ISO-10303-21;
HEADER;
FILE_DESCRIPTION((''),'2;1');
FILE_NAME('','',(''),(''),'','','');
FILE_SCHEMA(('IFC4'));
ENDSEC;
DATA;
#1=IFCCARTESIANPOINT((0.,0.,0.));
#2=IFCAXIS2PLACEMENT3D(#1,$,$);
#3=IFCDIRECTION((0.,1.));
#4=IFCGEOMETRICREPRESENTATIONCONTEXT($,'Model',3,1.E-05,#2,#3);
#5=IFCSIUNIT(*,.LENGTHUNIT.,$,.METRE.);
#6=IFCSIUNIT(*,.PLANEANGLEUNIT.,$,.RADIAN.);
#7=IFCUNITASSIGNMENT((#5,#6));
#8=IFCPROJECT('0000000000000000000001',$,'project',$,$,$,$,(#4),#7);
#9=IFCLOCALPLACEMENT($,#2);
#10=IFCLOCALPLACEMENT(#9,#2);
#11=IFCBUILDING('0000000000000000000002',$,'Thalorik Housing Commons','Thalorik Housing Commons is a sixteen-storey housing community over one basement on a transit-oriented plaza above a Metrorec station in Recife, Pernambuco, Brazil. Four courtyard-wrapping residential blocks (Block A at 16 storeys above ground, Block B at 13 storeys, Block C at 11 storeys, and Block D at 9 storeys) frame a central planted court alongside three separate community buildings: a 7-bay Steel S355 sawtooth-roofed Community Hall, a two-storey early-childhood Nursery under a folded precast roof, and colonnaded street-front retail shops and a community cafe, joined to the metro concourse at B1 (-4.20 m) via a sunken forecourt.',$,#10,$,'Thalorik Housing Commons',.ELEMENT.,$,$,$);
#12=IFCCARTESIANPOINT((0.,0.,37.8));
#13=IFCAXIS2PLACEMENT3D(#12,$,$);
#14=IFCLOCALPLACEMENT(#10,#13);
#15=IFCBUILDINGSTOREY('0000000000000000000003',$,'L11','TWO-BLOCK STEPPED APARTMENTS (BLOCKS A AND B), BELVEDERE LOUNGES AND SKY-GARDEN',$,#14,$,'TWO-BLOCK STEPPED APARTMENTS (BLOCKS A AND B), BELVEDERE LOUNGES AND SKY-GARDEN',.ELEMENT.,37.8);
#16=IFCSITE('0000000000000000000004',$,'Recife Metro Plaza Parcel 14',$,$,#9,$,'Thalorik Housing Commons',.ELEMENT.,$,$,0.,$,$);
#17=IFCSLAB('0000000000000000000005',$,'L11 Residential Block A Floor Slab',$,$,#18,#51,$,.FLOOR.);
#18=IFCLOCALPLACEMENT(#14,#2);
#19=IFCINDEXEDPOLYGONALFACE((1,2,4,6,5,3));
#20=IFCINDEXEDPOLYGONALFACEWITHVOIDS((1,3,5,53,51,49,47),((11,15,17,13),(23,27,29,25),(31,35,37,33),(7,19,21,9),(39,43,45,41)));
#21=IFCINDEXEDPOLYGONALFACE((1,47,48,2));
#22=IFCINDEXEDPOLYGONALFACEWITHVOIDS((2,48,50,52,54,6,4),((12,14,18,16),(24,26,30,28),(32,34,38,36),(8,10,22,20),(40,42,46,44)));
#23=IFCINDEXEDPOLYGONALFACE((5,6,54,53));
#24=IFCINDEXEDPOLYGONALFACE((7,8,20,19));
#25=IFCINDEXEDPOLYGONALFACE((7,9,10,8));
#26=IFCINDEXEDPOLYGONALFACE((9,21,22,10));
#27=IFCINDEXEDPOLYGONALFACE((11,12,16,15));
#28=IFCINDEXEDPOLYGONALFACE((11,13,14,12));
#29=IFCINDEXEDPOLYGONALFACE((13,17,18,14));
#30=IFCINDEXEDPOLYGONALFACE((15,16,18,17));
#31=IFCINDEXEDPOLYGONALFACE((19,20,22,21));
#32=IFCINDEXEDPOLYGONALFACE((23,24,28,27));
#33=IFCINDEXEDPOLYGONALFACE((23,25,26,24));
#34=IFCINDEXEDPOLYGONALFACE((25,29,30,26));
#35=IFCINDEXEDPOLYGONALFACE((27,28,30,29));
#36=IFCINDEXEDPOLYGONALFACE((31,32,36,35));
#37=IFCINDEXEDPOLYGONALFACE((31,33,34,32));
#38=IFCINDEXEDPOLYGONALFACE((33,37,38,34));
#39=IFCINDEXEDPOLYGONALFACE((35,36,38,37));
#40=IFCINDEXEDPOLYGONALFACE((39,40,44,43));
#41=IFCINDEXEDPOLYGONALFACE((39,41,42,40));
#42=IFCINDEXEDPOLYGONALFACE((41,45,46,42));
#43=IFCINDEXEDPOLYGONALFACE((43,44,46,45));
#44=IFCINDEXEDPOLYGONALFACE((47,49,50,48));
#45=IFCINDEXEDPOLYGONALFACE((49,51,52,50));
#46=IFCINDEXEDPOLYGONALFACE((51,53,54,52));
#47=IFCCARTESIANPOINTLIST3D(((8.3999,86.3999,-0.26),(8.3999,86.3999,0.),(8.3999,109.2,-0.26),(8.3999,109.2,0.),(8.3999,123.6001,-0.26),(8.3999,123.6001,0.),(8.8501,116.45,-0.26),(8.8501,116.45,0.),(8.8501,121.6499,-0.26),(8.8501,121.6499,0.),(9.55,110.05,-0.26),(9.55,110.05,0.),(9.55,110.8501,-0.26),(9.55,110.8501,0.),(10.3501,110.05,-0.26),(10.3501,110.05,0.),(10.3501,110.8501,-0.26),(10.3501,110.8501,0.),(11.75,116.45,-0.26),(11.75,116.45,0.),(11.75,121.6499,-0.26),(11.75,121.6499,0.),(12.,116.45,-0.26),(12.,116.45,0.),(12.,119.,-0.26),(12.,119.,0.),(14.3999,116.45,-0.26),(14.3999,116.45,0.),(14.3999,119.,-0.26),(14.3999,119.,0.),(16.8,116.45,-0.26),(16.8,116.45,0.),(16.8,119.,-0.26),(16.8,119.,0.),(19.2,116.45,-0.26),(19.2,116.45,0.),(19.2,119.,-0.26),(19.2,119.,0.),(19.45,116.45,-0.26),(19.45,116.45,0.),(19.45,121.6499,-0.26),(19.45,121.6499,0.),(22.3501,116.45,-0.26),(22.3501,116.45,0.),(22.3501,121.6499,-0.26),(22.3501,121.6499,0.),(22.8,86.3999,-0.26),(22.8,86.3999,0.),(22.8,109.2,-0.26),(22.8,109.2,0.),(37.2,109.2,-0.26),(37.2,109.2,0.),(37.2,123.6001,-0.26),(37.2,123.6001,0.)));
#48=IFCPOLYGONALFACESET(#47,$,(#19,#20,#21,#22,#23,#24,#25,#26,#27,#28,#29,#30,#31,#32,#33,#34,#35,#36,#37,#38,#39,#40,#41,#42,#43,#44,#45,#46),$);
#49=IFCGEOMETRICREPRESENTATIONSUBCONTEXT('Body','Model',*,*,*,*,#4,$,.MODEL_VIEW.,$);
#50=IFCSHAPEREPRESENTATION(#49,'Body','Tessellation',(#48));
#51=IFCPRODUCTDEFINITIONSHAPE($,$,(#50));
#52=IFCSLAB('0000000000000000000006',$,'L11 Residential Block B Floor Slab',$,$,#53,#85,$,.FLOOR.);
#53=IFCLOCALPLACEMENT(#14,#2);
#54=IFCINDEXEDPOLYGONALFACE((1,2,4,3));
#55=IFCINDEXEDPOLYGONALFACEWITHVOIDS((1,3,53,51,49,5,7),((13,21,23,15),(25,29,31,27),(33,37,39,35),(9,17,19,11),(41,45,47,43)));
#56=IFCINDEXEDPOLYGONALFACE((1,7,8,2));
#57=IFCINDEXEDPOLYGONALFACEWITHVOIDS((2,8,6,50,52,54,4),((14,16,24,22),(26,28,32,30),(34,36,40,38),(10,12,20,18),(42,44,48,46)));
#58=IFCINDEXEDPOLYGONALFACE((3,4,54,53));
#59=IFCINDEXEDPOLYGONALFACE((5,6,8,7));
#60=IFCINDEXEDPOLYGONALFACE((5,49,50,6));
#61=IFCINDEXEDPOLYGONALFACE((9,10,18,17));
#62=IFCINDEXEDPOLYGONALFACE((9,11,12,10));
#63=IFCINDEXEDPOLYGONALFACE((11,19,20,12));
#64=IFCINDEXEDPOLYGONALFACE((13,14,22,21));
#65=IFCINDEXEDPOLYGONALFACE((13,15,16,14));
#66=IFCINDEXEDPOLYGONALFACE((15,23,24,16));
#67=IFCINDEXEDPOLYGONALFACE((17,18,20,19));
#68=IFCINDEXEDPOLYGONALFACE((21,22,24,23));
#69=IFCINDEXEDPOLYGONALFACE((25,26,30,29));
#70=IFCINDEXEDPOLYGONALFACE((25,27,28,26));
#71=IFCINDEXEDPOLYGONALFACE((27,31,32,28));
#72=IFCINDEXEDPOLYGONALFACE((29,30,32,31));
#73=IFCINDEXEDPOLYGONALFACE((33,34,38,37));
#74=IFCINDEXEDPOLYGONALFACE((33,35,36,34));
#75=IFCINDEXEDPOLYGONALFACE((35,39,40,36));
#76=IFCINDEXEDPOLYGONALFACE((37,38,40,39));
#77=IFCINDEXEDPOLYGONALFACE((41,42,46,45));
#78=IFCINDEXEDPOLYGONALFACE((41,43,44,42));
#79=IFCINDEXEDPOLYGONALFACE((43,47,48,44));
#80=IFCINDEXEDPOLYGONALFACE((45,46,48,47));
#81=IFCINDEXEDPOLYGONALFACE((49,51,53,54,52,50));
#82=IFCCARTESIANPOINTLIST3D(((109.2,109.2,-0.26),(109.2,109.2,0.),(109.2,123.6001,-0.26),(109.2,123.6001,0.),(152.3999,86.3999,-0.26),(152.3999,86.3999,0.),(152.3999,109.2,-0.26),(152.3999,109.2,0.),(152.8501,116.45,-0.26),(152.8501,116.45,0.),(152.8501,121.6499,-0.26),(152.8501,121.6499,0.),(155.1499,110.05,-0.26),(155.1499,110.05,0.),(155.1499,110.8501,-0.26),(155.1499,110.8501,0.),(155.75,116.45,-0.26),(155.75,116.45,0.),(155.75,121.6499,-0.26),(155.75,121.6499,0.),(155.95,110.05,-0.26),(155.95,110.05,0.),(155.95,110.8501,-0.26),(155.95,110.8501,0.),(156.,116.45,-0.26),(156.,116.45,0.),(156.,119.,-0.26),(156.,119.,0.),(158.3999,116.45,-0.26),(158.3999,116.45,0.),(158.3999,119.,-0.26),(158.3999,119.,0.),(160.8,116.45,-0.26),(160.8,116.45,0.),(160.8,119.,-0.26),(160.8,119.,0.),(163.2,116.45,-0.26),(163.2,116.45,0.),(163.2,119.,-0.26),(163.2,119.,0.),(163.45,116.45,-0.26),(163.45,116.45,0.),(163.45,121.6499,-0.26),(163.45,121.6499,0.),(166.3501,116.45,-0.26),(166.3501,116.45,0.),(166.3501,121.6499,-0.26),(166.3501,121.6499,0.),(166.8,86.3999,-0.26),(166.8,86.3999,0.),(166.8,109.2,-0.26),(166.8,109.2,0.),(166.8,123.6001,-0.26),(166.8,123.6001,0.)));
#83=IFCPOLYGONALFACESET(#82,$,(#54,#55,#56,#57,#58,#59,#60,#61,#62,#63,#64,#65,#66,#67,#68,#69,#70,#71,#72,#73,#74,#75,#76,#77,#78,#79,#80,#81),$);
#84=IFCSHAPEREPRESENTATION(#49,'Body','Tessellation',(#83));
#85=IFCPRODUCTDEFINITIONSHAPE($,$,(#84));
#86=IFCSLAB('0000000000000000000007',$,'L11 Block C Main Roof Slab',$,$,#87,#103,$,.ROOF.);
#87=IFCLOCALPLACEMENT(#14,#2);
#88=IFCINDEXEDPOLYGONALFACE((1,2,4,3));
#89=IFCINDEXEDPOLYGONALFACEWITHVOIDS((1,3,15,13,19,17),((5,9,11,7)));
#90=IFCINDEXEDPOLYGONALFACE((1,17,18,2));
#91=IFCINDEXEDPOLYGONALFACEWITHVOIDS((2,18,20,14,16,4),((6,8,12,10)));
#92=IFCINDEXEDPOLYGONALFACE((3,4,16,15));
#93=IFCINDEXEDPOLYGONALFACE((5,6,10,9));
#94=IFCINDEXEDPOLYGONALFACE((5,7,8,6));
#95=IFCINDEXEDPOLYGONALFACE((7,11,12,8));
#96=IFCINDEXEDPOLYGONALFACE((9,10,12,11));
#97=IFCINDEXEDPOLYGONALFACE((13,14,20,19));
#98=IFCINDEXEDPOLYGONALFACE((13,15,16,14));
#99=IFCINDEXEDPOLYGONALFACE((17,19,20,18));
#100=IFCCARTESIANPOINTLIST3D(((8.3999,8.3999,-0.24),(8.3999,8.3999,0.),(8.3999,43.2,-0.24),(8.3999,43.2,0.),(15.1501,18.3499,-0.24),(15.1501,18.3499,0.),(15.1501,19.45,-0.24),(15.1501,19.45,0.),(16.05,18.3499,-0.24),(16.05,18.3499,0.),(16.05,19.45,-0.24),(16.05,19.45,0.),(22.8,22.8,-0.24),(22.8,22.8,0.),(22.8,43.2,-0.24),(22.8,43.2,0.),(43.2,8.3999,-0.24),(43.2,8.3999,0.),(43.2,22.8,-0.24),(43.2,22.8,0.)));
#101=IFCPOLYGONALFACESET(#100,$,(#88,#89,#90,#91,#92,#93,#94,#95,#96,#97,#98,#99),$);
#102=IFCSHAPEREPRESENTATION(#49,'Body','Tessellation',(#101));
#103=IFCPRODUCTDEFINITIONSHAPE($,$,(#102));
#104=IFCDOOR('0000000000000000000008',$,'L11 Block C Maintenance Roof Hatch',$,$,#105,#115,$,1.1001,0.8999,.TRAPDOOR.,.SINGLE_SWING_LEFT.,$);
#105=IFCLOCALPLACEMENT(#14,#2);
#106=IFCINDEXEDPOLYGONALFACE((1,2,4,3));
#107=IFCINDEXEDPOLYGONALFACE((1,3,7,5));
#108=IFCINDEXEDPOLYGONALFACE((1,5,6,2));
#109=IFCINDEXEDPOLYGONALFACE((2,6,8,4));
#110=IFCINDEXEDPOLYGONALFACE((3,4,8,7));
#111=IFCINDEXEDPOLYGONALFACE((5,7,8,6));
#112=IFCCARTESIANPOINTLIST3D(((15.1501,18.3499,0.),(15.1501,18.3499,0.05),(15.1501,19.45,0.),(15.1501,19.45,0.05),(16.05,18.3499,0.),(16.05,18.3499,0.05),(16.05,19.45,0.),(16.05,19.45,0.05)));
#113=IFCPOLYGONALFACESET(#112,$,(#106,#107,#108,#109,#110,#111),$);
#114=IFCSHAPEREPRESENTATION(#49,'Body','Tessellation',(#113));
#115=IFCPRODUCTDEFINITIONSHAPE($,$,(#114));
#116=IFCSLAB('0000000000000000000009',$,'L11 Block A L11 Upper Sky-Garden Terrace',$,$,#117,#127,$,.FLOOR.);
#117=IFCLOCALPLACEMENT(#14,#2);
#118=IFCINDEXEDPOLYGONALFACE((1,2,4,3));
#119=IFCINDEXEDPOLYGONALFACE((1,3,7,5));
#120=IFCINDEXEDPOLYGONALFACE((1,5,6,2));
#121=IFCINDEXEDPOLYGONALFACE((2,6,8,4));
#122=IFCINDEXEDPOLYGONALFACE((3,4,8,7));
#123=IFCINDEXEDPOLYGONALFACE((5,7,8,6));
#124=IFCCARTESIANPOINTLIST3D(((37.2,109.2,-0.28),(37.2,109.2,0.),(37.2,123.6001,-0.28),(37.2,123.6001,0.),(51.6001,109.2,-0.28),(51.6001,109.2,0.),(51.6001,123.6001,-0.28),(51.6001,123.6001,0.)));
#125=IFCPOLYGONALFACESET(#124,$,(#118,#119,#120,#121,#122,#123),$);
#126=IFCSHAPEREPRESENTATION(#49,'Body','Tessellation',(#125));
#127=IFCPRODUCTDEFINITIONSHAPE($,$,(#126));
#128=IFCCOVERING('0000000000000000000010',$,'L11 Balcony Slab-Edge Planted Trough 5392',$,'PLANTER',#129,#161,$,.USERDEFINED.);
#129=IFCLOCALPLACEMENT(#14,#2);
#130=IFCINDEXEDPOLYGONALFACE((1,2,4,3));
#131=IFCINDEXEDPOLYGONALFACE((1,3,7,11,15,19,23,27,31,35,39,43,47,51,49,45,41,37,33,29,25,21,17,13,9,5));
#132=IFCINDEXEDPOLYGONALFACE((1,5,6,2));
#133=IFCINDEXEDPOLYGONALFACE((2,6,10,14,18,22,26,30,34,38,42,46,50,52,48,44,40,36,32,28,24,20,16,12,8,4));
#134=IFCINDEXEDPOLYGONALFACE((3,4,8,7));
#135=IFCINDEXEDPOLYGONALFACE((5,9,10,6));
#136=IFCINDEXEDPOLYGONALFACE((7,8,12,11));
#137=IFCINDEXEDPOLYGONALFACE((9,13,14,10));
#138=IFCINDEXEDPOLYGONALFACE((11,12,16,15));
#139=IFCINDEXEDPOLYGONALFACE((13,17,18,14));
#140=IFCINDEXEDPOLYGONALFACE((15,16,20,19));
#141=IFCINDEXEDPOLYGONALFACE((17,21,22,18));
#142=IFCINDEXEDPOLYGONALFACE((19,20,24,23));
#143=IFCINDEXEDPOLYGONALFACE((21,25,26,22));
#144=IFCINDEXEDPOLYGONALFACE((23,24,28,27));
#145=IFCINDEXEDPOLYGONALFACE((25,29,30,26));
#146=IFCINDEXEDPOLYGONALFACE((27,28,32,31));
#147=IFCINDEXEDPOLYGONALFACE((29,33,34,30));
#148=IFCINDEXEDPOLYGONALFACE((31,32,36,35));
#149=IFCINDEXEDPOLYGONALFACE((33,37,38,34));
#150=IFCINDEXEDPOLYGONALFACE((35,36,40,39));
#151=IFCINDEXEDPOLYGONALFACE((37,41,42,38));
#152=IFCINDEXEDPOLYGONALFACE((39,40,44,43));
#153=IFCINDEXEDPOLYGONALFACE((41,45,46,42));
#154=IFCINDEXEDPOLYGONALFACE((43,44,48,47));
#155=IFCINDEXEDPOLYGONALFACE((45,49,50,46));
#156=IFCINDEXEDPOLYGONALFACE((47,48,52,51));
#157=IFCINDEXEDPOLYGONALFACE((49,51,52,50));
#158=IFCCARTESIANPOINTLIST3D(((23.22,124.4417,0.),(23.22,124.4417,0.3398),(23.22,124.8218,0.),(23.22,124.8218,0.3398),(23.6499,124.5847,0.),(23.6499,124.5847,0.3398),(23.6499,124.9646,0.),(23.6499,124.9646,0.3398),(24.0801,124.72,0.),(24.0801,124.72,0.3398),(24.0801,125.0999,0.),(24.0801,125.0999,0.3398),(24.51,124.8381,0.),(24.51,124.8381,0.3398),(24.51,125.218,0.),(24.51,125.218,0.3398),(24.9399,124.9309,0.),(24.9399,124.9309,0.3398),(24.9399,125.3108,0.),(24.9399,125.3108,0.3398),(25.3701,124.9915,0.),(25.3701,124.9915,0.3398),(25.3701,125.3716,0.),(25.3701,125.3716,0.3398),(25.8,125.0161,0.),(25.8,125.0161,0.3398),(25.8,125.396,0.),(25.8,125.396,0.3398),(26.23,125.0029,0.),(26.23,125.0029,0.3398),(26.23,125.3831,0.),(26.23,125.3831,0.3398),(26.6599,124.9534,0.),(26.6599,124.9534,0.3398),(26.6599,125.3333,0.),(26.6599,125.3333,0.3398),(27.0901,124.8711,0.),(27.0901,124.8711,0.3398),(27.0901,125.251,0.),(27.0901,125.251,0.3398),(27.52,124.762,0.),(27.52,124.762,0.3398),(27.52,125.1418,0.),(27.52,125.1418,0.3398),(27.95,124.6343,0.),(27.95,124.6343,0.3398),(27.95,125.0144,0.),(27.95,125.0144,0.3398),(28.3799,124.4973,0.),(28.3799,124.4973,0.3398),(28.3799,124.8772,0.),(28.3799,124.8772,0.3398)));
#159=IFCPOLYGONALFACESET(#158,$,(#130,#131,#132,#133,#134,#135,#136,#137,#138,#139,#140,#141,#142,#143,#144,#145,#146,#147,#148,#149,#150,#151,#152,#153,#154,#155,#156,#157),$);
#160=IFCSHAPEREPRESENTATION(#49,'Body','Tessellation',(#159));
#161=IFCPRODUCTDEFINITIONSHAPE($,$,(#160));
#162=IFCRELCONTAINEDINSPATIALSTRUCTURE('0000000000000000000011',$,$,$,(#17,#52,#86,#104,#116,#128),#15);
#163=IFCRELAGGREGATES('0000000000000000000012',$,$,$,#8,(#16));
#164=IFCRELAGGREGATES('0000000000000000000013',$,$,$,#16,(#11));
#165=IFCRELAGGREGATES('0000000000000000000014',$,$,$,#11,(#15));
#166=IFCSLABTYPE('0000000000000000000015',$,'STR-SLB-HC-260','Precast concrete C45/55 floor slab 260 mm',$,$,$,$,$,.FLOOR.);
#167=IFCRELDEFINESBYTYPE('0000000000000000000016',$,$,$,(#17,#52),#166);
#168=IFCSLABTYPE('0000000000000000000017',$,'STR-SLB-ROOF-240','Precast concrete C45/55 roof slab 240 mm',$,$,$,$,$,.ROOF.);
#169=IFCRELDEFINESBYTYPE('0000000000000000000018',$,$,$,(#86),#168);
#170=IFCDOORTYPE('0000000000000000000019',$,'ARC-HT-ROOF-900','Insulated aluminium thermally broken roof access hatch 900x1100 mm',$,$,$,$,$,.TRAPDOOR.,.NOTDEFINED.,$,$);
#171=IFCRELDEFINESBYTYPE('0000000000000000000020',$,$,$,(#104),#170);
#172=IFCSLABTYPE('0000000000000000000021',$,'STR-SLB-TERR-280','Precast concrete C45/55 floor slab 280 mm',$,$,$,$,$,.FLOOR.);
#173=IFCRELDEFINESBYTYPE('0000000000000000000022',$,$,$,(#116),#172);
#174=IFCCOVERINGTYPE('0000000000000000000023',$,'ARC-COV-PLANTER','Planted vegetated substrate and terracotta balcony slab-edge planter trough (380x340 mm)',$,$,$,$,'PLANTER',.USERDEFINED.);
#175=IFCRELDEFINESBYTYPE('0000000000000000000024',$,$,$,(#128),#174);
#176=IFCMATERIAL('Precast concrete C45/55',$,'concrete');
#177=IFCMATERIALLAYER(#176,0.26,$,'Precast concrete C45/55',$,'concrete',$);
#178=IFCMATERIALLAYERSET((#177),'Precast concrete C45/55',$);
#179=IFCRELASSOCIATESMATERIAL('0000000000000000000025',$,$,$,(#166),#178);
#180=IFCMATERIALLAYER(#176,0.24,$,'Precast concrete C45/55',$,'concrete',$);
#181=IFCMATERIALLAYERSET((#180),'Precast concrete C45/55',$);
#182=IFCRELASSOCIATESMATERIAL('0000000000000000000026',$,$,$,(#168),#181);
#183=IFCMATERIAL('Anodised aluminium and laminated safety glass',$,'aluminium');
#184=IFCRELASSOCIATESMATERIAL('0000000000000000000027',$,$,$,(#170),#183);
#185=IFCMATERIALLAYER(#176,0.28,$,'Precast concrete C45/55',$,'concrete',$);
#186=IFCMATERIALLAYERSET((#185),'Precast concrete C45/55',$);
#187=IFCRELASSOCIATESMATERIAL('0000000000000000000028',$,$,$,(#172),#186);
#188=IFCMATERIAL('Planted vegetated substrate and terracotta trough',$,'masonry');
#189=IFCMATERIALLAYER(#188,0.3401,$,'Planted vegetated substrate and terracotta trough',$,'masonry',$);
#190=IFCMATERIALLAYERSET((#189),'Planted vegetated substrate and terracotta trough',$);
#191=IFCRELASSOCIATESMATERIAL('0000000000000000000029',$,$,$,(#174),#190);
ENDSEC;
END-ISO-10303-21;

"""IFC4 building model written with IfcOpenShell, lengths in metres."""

from ifc_helpers import new_model, si_unit, direction, frame, origin, origin_2d, place, context, subcontext, project, spatial, polyline, rectangle, outline, extrude, material, layer, layer_set, type_object, element, fill, save


model = new_model("IFC4")

# Units and contexts
model_context = context("Model", 3, precision=1e-05, world=origin(), true_north=direction((0.0, 1.0)))
body_context = subcontext(model_context, "Body", "Model", "MODEL_VIEW")
ifc_project = project(units=[si_unit("LENGTHUNIT", "METRE"), si_unit("PLANEANGLEUNIT", "RADIAN")], contexts=[model_context])

# Site, building, storey
site_placement = place(None, origin())
site = spatial("IfcSite", under=ifc_project, at=site_placement, Name="Recife Metro Plaza Parcel 14", LongName="Thalorik Housing Commons", CompositionType="ELEMENT", RefElevation=0.0)
building_placement = place(site_placement, origin())
building = spatial("IfcBuilding", under=site, at=building_placement, Name="Thalorik Housing Commons", Description="Thalorik Housing Commons is a sixteen-storey housing community over one basement on a transit-oriented plaza above a Metrorec station in Recife, Pernambuco, Brazil. Four courtyard-wrapping residential blocks (Block A at 16 storeys above ground, Block B at 13 storeys, Block C at 11 storeys, and Block D at 9 storeys) frame a central planted court alongside three separate community buildings: a 7-bay Steel S355 sawtooth-roofed Community Hall, a two-storey early-childhood Nursery under a folded precast roof, and colonnaded street-front retail shops and a community cafe, joined to the metro concourse at B1 (-4.20 m) via a sunken forecourt.", LongName="Thalorik Housing Commons", CompositionType="ELEMENT")
storey_placement = place(building_placement, frame((0.0, 0.0, 37.8)))
storey = spatial("IfcBuildingStorey", under=building, at=storey_placement, Name="L11", Description="TWO-BLOCK STEPPED APARTMENTS (BLOCKS A AND B), BELVEDERE LOUNGES AND SKY-GARDEN", LongName="TWO-BLOCK STEPPED APARTMENTS (BLOCKS A AND B), BELVEDERE LOUNGES AND SKY-GARDEN", CompositionType="ELEMENT", Elevation=37.8)

# Slabs
ifc_material_1 = material(Name="Precast concrete C45/55", Category="concrete")
ifc_layer_1 = layer(ifc_material_1, 0.26, Name="Precast concrete C45/55", Category="concrete")
ifc_layer_set_1 = layer_set([ifc_layer_1], Name="Precast concrete C45/55")
slab_type_1 = type_object("IfcSlabType", Name="STR-SLB-HC-260", Description="Precast concrete C45/55 floor slab 260 mm", PredefinedType="FLOOR", material=ifc_layer_set_1)
slab_1_placement = place(storey_placement, frame((0.0, 0.0, -0.26)))
element("IfcSlab", 1, at=slab_1_placement, inside=storey, type_object=slab_type_1, Name="L11 Residential Block A Floor Slab", PredefinedType="FLOOR", context=body_context, shape_type="SweptSolid", body=[
    extrude(outline(polyline([(8.3999, 123.6001), (8.3999, 109.2), (8.3999, 86.3999), (22.8, 86.3999), (22.8, 109.2), (37.2, 109.2), (37.2, 123.6001), (8.3999, 123.6001)]), holes=[polyline([(8.8501, 121.6499), (11.75, 121.6499), (11.75, 116.45), (8.8501, 116.45), (8.8501, 121.6499)]), polyline([(22.3501, 121.6499), (22.3501, 116.45), (19.45, 116.45), (19.45, 121.6499), (22.3501, 121.6499)]), polyline([(14.3999, 119.0), (14.3999, 116.45), (12.0, 116.45), (12.0, 119.0), (14.3999, 119.0)]), polyline([(19.2, 116.45), (16.8, 116.45), (16.8, 119.0), (19.2, 119.0), (19.2, 116.45)]), polyline([(9.55, 110.05), (9.55, 110.8501), (10.3501, 110.8501), (10.3501, 110.05), (9.55, 110.05)])]), origin(), (0.0, 0.0, 1.0), 0.26),
])
slab_2_placement = place(storey_placement, frame((0.0, 0.0, -0.26)))
element("IfcSlab", 2, at=slab_2_placement, inside=storey, type_object=slab_type_1, Name="L11 Residential Block B Floor Slab", PredefinedType="FLOOR", context=body_context, shape_type="SweptSolid", body=[
    extrude(outline(polyline([(109.2, 109.2), (152.3999, 109.2), (152.3999, 86.3999), (166.8, 86.3999), (166.8, 109.2), (166.8, 123.6001), (109.2, 123.6001), (109.2, 109.2)]), holes=[polyline([(152.8501, 121.6499), (155.75, 121.6499), (155.75, 116.45), (152.8501, 116.45), (152.8501, 121.6499)]), polyline([(166.3501, 121.6499), (166.3501, 116.45), (163.45, 116.45), (163.45, 121.6499), (166.3501, 121.6499)]), polyline([(158.3999, 119.0), (158.3999, 116.45), (156.0, 116.45), (156.0, 119.0), (158.3999, 119.0)]), polyline([(163.2, 116.45), (160.8, 116.45), (160.8, 119.0), (163.2, 119.0), (163.2, 116.45)]), polyline([(155.1499, 110.05), (155.1499, 110.8501), (155.95, 110.8501), (155.95, 110.05), (155.1499, 110.05)])]), origin(), (0.0, 0.0, 1.0), 0.26),
])

# Slab, opening, door
ifc_layer_2 = layer(ifc_material_1, 0.24, Name="Precast concrete C45/55", Category="concrete")
ifc_layer_set_2 = layer_set([ifc_layer_2], Name="Precast concrete C45/55")
slab_type_2 = type_object("IfcSlabType", Name="STR-SLB-ROOF-240", Description="Precast concrete C45/55 roof slab 240 mm", PredefinedType="ROOF", material=ifc_layer_set_2)
slab_3_placement = place(storey_placement, frame((0.0, 0.0, -0.24)))
slab_3 = element("IfcSlab", 3, at=slab_3_placement, inside=storey, type_object=slab_type_2, Name="L11 Block C Main Roof Slab", PredefinedType="ROOF", context=body_context, shape_type="SweptSolid", body=[
    extrude(outline(polyline([(22.8, 22.8), (22.8, 43.2), (8.3999, 43.2), (8.3999, 8.3999), (22.8, 8.3999), (43.2, 8.3999), (43.2, 22.8), (22.8, 22.8)])), origin(), (0.0, 0.0, 1.0), 0.24),
])
opening_placement = place(slab_3_placement, frame((15.6001, 18.8999, -0.01)))
opening = element("IfcOpeningElement", 4, at=opening_placement, cuts=slab_3, PredefinedType="OPENING", context=body_context, shape_type="SweptSolid", body=[
    extrude(rectangle(XDim=0.8999, YDim=1.1001, at=origin_2d()), origin(), (0.0, 0.0, 1.0), 0.3101),
])
ifc_material_2 = material(Name="Anodised aluminium and laminated safety glass", Category="aluminium")
door_type = type_object("IfcDoorType", Name="ARC-HT-ROOF-900", Description="Insulated aluminium thermally broken roof access hatch 900x1100 mm", OperationType="NOTDEFINED", PredefinedType="TRAPDOOR", material=ifc_material_2)
door_placement = place(opening_placement, frame((0.0, 0.0, 0.25)))
door = element("IfcDoor", 5, at=door_placement, inside=storey, type_object=door_type, Name="L11 Block C Maintenance Roof Hatch", OperationType="SINGLE_SWING_LEFT", OverallHeight=1.1001, OverallWidth=0.8999, PredefinedType="TRAPDOOR", context=body_context, shape_type="SweptSolid", body=[
    extrude(rectangle(XDim=0.8999, YDim=1.1001, at=origin_2d()), origin(), (0.0, 0.0, 1.0), 0.05),
])
fill(opening, door)

# Slab
ifc_layer_3 = layer(ifc_material_1, 0.28, Name="Precast concrete C45/55", Category="concrete")
ifc_layer_set_3 = layer_set([ifc_layer_3], Name="Precast concrete C45/55")
slab_type_3 = type_object("IfcSlabType", Name="STR-SLB-TERR-280", Description="Precast concrete C45/55 floor slab 280 mm", PredefinedType="FLOOR", material=ifc_layer_set_3)
slab_4_placement = place(storey_placement, frame((0.0, 0.0, -0.28)))
element("IfcSlab", 6, at=slab_4_placement, inside=storey, type_object=slab_type_3, Name="L11 Block A L11 Upper Sky-Garden Terrace", PredefinedType="FLOOR", context=body_context, shape_type="SweptSolid", body=[
    extrude(outline(polyline([(51.6001, 109.2), (51.6001, 123.6001), (37.2, 123.6001), (37.2, 109.2), (51.6001, 109.2)])), origin(), (0.0, 0.0, 1.0), 0.28),
])

# Covering
ifc_material_3 = material(Name="Planted vegetated substrate and terracotta trough", Category="masonry")
ifc_layer_4 = layer(ifc_material_3, 0.3401, Name="Planted vegetated substrate and terracotta trough", Category="masonry")
ifc_layer_set_4 = layer_set([ifc_layer_4], Name="Planted vegetated substrate and terracotta trough")
covering_type_1 = type_object("IfcCoveringType", Name="ARC-COV-PLANTER", Description="Planted vegetated substrate and terracotta balcony slab-edge planter trough (380x340 mm)", ElementType="PLANTER", PredefinedType="USERDEFINED", material=ifc_layer_set_4)
covering_1_placement = place(storey_placement, origin())
element("IfcCovering", 7, at=covering_1_placement, inside=storey, type_object=covering_type_1, Name="L11 Balcony Slab-Edge Planted Trough 5392", ObjectType="PLANTER", PredefinedType="USERDEFINED", context=body_context, shape_type="SweptSolid", body=[
    extrude(outline(polyline([(28.3799, 124.8772), (27.95, 125.0144), (27.52, 125.1418), (27.0901, 125.251), (26.6599, 125.3333), (26.23, 125.3831), (25.8, 125.396), (25.3701, 125.3716), (24.9399, 125.3108), (24.51, 125.218), (24.0801, 125.0999), (23.6499, 124.9646), (23.22, 124.8218), (23.22, 124.4417), (23.6499, 124.5847), (24.0801, 124.72), (24.51, 124.8381), (24.9399, 124.9309), (25.3701, 124.9915), (25.8, 125.0161), (26.23, 125.0029), (26.6599, 124.9534), (27.0901, 124.8711), (27.52, 124.762), (27.95, 124.6343), (28.3799, 124.4973), (28.3799, 124.8772)])), origin(), (0.0, 0.0, 1.0), 0.3398),
])

save(model, "model.ifc")
